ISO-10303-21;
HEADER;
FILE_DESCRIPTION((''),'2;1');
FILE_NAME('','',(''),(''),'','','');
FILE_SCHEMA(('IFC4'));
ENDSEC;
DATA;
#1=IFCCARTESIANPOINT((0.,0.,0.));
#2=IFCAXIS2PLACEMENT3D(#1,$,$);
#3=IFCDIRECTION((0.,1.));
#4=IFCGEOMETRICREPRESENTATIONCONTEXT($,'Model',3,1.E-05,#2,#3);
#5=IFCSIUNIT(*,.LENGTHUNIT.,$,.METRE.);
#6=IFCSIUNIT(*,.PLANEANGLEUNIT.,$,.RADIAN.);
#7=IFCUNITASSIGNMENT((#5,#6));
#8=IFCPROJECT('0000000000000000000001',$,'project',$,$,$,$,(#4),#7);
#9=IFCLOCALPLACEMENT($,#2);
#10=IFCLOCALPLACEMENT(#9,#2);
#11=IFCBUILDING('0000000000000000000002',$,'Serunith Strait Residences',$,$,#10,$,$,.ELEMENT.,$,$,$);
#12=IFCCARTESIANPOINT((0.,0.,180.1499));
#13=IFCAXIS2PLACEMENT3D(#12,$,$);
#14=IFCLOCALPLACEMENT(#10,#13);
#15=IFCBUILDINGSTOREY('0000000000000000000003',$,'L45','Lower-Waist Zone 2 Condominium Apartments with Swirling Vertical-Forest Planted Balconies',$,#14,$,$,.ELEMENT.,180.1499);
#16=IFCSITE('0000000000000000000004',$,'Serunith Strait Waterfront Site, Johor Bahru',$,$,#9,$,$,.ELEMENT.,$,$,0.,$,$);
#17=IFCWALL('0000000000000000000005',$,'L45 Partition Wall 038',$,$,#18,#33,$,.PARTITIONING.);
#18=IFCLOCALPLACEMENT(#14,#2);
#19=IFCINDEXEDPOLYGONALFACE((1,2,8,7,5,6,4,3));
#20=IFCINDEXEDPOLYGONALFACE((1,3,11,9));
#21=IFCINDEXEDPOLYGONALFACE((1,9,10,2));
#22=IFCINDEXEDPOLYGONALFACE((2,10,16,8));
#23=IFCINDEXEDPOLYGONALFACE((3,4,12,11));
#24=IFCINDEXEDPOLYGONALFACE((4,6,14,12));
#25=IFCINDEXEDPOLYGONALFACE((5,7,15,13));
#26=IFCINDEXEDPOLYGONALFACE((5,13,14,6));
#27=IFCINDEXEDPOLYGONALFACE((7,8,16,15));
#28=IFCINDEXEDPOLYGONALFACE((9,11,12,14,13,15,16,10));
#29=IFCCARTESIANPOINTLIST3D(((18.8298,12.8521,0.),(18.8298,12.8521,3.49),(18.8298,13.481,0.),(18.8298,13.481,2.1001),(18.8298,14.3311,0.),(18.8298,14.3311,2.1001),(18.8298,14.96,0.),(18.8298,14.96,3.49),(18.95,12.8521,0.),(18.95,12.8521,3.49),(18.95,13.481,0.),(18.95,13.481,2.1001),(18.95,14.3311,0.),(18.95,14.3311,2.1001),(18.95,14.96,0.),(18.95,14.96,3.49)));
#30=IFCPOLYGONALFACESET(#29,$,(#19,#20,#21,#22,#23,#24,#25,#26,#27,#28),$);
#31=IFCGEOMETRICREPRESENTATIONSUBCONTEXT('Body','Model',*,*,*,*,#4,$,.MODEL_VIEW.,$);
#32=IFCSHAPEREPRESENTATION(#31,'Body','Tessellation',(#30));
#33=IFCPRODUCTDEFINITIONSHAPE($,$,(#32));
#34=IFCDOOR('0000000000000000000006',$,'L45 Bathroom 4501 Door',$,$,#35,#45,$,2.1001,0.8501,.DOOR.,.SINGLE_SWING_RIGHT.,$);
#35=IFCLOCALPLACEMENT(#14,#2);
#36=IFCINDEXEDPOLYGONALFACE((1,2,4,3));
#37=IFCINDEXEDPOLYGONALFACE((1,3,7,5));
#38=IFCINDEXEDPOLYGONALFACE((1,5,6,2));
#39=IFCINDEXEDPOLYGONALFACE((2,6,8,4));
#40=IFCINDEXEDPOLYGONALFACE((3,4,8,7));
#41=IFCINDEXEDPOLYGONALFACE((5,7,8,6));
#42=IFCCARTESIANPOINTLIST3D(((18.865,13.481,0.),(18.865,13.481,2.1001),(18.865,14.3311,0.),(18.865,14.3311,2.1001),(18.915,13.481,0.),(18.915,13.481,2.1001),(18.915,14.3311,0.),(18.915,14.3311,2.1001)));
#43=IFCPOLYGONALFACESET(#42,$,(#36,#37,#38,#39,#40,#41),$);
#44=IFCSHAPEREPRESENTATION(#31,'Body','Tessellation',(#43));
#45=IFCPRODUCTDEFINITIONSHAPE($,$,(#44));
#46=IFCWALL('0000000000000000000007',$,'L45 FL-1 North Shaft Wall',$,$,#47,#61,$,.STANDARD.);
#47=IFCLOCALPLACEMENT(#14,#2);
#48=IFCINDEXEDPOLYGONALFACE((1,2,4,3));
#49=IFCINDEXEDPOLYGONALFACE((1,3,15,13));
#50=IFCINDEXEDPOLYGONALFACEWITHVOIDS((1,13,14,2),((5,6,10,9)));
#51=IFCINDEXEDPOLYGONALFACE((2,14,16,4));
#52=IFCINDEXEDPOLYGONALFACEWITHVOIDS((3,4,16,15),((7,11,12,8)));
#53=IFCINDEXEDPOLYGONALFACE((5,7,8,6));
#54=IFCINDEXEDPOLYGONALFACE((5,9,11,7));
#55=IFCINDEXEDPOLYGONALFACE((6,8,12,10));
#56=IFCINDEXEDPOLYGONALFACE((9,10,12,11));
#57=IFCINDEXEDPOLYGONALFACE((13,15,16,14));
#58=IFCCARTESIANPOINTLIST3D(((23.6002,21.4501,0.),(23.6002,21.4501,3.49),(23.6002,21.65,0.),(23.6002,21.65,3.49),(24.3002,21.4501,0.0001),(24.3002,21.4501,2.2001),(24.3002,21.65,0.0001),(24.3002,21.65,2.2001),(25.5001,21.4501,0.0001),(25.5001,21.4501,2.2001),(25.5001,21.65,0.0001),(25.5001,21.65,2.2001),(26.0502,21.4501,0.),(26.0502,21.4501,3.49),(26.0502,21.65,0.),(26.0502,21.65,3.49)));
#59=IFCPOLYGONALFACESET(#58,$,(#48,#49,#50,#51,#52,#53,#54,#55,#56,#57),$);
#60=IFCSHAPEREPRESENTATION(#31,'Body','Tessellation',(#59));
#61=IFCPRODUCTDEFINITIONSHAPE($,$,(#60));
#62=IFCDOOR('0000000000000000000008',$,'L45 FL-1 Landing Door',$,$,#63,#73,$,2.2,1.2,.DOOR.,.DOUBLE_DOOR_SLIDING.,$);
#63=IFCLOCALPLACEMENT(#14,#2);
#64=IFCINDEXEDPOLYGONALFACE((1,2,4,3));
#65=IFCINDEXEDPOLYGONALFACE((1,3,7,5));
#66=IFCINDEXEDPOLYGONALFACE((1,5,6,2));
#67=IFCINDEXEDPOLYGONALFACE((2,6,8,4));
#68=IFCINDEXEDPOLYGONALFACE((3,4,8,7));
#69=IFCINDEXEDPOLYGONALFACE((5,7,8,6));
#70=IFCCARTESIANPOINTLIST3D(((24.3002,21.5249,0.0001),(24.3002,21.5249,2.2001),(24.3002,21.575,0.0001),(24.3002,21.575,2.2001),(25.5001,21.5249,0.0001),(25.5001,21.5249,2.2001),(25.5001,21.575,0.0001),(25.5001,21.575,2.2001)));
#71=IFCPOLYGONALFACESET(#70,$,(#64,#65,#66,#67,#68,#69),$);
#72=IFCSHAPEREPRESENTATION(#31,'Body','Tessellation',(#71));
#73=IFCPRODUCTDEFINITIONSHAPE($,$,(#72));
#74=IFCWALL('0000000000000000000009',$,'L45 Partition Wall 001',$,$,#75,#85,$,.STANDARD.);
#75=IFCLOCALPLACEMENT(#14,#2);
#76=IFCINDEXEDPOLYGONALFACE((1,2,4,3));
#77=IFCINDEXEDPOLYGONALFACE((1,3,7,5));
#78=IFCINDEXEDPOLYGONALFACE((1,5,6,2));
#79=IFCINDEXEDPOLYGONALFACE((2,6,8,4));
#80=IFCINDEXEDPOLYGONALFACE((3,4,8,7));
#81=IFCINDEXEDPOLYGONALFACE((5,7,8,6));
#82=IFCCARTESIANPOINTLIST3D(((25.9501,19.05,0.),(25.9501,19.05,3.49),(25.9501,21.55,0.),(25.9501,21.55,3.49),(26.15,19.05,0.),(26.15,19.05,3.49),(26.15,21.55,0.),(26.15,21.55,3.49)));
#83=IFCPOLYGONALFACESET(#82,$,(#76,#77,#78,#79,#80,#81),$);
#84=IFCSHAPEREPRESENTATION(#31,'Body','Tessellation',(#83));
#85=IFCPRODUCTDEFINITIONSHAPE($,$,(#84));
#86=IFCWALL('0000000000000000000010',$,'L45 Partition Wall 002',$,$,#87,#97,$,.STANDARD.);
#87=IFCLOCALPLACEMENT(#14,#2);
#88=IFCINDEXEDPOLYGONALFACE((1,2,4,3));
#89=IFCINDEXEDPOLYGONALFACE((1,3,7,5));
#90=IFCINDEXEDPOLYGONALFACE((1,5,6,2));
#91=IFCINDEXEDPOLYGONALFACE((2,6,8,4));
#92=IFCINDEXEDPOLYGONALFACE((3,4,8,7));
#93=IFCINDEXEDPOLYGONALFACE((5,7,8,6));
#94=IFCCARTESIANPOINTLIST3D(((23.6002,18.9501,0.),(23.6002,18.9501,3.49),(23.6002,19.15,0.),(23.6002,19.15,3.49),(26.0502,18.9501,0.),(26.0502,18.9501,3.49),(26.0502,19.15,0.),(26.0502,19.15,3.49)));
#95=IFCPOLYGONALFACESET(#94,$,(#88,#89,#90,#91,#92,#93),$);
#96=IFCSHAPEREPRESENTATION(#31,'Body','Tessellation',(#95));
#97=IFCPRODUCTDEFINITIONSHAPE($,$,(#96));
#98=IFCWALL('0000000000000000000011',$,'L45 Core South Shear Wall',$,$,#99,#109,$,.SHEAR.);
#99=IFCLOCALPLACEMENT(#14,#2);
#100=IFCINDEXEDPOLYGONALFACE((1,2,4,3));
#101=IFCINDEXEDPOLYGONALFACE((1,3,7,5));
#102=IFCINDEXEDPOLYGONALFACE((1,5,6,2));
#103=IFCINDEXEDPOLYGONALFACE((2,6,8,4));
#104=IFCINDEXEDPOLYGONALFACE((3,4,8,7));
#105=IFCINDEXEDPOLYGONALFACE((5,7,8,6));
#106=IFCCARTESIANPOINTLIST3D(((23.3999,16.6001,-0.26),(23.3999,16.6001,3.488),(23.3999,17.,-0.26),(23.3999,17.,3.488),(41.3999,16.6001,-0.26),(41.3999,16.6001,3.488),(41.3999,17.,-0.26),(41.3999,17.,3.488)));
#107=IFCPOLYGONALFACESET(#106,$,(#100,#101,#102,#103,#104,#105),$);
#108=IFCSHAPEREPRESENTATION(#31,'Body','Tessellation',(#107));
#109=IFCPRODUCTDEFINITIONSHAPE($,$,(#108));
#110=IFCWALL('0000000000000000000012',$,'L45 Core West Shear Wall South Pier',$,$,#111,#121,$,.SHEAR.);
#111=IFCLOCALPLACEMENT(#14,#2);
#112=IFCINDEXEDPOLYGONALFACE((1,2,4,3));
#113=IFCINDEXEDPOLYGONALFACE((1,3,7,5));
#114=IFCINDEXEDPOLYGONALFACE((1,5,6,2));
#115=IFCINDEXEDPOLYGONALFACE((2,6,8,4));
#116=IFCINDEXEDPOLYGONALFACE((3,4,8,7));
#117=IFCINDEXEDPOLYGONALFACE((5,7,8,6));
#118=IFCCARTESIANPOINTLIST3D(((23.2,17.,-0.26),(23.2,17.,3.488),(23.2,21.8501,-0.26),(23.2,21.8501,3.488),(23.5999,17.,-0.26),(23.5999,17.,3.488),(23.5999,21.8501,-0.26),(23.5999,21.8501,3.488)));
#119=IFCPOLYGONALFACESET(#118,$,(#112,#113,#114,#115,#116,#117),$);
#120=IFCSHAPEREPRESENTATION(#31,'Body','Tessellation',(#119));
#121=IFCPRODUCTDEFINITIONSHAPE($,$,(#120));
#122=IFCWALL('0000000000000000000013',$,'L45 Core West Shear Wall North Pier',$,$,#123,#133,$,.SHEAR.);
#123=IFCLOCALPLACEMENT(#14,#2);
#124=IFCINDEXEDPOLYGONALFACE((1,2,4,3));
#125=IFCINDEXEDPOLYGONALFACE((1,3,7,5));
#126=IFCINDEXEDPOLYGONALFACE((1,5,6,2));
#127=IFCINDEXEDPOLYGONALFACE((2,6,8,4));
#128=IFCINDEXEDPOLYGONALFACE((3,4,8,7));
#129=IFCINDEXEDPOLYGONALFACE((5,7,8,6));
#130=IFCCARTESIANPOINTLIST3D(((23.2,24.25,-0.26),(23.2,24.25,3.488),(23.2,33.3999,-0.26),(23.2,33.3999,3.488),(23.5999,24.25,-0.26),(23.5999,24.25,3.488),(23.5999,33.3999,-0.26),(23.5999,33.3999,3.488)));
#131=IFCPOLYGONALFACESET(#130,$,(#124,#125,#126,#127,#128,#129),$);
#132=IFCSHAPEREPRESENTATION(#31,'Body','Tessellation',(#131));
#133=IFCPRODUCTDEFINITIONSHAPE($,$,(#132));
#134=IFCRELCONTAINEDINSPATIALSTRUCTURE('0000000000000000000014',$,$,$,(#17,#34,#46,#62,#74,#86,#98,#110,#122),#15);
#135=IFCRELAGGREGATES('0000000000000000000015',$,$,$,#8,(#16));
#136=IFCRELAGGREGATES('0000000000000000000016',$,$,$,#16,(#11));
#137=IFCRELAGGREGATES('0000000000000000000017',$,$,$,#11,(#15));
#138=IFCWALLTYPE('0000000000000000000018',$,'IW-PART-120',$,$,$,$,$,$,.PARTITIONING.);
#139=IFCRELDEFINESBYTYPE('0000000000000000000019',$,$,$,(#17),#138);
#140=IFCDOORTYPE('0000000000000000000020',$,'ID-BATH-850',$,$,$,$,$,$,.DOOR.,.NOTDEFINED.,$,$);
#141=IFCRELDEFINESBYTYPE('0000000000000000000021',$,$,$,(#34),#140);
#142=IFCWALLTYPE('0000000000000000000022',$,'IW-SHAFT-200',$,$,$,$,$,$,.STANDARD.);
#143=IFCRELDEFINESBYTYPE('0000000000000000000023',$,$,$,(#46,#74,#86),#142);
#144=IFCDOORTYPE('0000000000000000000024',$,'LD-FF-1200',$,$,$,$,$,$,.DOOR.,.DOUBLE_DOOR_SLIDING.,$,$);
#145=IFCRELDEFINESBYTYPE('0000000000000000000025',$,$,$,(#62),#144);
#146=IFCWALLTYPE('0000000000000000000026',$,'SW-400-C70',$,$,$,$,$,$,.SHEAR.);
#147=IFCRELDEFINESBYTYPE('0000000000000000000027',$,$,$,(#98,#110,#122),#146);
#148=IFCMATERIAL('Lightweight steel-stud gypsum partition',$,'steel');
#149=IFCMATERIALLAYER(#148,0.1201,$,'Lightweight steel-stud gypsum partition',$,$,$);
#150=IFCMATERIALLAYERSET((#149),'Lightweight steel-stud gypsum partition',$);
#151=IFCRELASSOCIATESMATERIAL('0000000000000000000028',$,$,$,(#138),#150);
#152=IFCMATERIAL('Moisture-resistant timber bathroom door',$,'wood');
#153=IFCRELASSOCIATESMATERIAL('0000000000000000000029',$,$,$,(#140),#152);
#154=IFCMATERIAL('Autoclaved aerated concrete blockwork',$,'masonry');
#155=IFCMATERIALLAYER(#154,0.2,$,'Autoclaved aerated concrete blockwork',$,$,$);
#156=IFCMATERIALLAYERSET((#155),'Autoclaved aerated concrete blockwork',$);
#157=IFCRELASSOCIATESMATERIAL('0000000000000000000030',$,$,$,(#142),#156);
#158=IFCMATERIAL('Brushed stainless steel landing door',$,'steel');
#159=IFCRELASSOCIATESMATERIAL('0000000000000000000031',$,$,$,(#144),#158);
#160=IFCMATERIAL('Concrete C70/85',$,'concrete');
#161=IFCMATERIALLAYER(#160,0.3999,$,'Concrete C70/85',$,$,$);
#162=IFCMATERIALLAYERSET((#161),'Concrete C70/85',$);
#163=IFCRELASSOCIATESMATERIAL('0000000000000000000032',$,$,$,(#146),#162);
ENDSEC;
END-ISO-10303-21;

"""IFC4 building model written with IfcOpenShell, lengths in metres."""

from ifc_helpers import new_model, si_unit, direction, frame, frame_2d, origin, place, context, subcontext, project, spatial, rectangle, extrude, source, transform, mapped, material, layer, layer_set, type_object, element, fill, save


model = new_model("IFC4")

# Units and contexts
model_context = context("Model", 3, precision=1e-05, world=origin(), true_north=direction((0.0, 1.0)))
body_context = subcontext(model_context, "Body", "Model", "MODEL_VIEW")
ifc_project = project(units=[si_unit("LENGTHUNIT", "METRE"), si_unit("PLANEANGLEUNIT", "RADIAN")], contexts=[model_context])

# Site, building, storey
site_placement = place(None, origin())
site = spatial("IfcSite", under=ifc_project, at=site_placement, Name="Serunith Strait Waterfront Site, Johor Bahru", CompositionType="ELEMENT", RefElevation=0.0)
building_placement = place(site_placement, origin())
building = spatial("IfcBuilding", under=site, at=building_placement, Name="Serunith Strait Residences", CompositionType="ELEMENT")
storey_placement = place(building_placement, frame((0.0, 0.0, 180.1499)))
storey = spatial("IfcBuildingStorey", under=building, at=storey_placement, Name="L45", Description="Lower-Waist Zone 2 Condominium Apartments with Swirling Vertical-Forest Planted Balconies", CompositionType="ELEMENT", Elevation=180.1499)

# Walls, openings, doors
ifc_material_1 = material(Name="Lightweight steel-stud gypsum partition", Category="steel")
ifc_layer_1 = layer(ifc_material_1, 0.1201, Name="Lightweight steel-stud gypsum partition")
ifc_layer_set_1 = layer_set([ifc_layer_1], Name="Lightweight steel-stud gypsum partition")
wall_type_1 = type_object("IfcWallType", Name="IW-PART-120", PredefinedType="PARTITIONING", material=ifc_layer_set_1)
wall_1_placement = place(storey_placement, frame((18.8899, 12.8521, 0.0), z_axis=(0.0, 0.0, 1.0), x_axis=(0.0, 1.0, 0.0)))
wall_1 = element("IfcWall", 1, at=wall_1_placement, inside=storey, type_object=wall_type_1, Name="L45 Partition Wall 038", PredefinedType="PARTITIONING", context=body_context, shape_type="SweptSolid", body=[
    extrude(rectangle(XDim=2.1079, YDim=0.1201, at=frame_2d((1.054, 0.0))), origin(), (0.0, 0.0, 1.0), 3.49),
])
opening_1_placement = place(wall_1_placement, frame((0.6289, 0.0, 0.0)))
opening_1 = element("IfcOpeningElement", 2, at=opening_1_placement, cuts=wall_1, PredefinedType="OPENING", context=body_context, shape_type="SweptSolid", body=[
    extrude(rectangle(XDim=0.8501, YDim=2.1001, at=frame_2d((0.425, 1.05))), frame((0.0, 0.0701, 0.0), z_axis=(0.0, -1.0, 0.0), x_axis=(1.0, 0.0, 0.0)), (0.0, 0.0, 1.0), 0.1401),
])
ifc_material_2 = material(Name="Moisture-resistant timber bathroom door", Category="wood")
door_type_1 = type_object("IfcDoorType", Name="ID-BATH-850", OperationType="NOTDEFINED", PredefinedType="DOOR", material=ifc_material_2)
shared_shape_1 = source(origin(), body_context, "Body", "SweptSolid", [
    extrude(rectangle(XDim=0.8501, YDim=2.1001, at=frame_2d((0.425, 1.05))), frame((0.0, 0.0249, 0.0), z_axis=(0.0, -1.0, 0.0), x_axis=(1.0, 0.0, 0.0)), (0.0, 0.0, 1.0), 0.05),
])
door_1_placement = place(opening_1_placement, origin())
door_1 = element("IfcDoor", 3, at=door_1_placement, inside=storey, type_object=door_type_1, Name="L45 Bathroom 4501 Door", OperationType="SINGLE_SWING_RIGHT", OverallHeight=2.1001, OverallWidth=0.8501, PredefinedType="DOOR", context=body_context, shape_type="MappedRepresentation", body=[
    mapped(shared_shape_1, transform((0.0, 0.0, 0.0), scale=1.0)),
])
fill(opening_1, door_1)
ifc_material_3 = material(Name="Autoclaved aerated concrete blockwork", Category="masonry")
ifc_layer_2 = layer(ifc_material_3, 0.2, Name="Autoclaved aerated concrete blockwork")
ifc_layer_set_2 = layer_set([ifc_layer_2], Name="Autoclaved aerated concrete blockwork")
wall_type_2 = type_object("IfcWallType", Name="IW-SHAFT-200", PredefinedType="STANDARD", material=ifc_layer_set_2)
wall_2_placement = place(storey_placement, frame((23.6001, 21.55, 0.0), z_axis=(0.0, 0.0, 1.0), x_axis=(1.0, 0.0, 0.0)))
wall_2 = element("IfcWall", 4, at=wall_2_placement, inside=storey, type_object=wall_type_2, Name="L45 FL-1 North Shaft Wall", PredefinedType="STANDARD", context=body_context, shape_type="SweptSolid", body=[
    extrude(rectangle(XDim=2.45, YDim=0.2, at=frame_2d((1.2251, 0.0))), origin(), (0.0, 0.0, 1.0), 3.49),
])
opening_2_placement = place(wall_2_placement, frame((0.7, 0.0, 0.0)))
opening_2 = element("IfcOpeningElement", 5, at=opening_2_placement, cuts=wall_2, PredefinedType="OPENING", context=body_context, shape_type="SweptSolid", body=[
    extrude(rectangle(XDim=1.2, YDim=2.2, at=frame_2d((0.6001, 1.1001))), frame((0.0, 0.1099, 0.0), z_axis=(0.0, -1.0, 0.0), x_axis=(1.0, 0.0, 0.0)), (0.0, 0.0, 1.0), 0.22),
])
ifc_material_4 = material(Name="Brushed stainless steel landing door", Category="steel")
door_type_2 = type_object("IfcDoorType", Name="LD-FF-1200", OperationType="DOUBLE_DOOR_SLIDING", PredefinedType="DOOR", material=ifc_material_4)
shared_shape_2 = source(origin(), body_context, "Body", "SweptSolid", [
    extrude(rectangle(XDim=1.2, YDim=2.2, at=frame_2d((0.6001, 1.1001))), frame((0.0, 0.0249, 0.0), z_axis=(0.0, -1.0, 0.0), x_axis=(1.0, 0.0, 0.0)), (0.0, 0.0, 1.0), 0.05),
])
door_2_placement = place(opening_2_placement, origin())
door_2 = element("IfcDoor", 6, at=door_2_placement, inside=storey, type_object=door_type_2, Name="L45 FL-1 Landing Door", OperationType="DOUBLE_DOOR_SLIDING", OverallHeight=2.2, OverallWidth=1.2, PredefinedType="DOOR", context=body_context, shape_type="MappedRepresentation", body=[
    mapped(shared_shape_2, transform((0.0, 0.0, 0.0), scale=1.0)),
])
fill(opening_2, door_2)

# Walls
wall_3_placement = place(storey_placement, frame((26.05, 19.05, 0.0), z_axis=(0.0, 0.0, 1.0), x_axis=(0.0, 1.0, 0.0)))
element("IfcWall", 7, at=wall_3_placement, inside=storey, type_object=wall_type_2, Name="L45 Partition Wall 001", PredefinedType="STANDARD", context=body_context, shape_type="SweptSolid", body=[
    extrude(rectangle(XDim=2.5, YDim=0.2, at=frame_2d((1.25, 0.0))), origin(), (0.0, 0.0, 1.0), 3.49),
])
wall_4_placement = place(storey_placement, frame((23.6001, 19.05, 0.0), z_axis=(0.0, 0.0, 1.0), x_axis=(1.0, 0.0, 0.0)))
element("IfcWall", 8, at=wall_4_placement, inside=storey, type_object=wall_type_2, Name="L45 Partition Wall 002", PredefinedType="STANDARD", context=body_context, shape_type="SweptSolid", body=[
    extrude(rectangle(XDim=2.45, YDim=0.2, at=frame_2d((1.2251, 0.0))), origin(), (0.0, 0.0, 1.0), 3.49),
])

# Walls
ifc_material_5 = material(Name="Concrete C70/85", Category="concrete")
ifc_layer_3 = layer(ifc_material_5, 0.3999, Name="Concrete C70/85")
ifc_layer_set_3 = layer_set([ifc_layer_3], Name="Concrete C70/85")
wall_type_3 = type_object("IfcWallType", Name="SW-400-C70", PredefinedType="SHEAR", material=ifc_layer_set_3)
wall_5_placement = place(storey_placement, frame((23.3999, 16.8, -0.26), z_axis=(0.0, 0.0, 1.0), x_axis=(1.0, 0.0, 0.0)))
element("IfcWall", 9, at=wall_5_placement, inside=storey, type_object=wall_type_3, Name="L45 Core South Shear Wall", PredefinedType="SHEAR", context=body_context, shape_type="SweptSolid", body=[
    extrude(rectangle(XDim=18.0, YDim=0.3999, at=frame_2d((9.0, 0.0))), origin(), (0.0, 0.0, 1.0), 3.748),
])
wall_6_placement = place(storey_placement, frame((23.3999, 17.0, -0.26), z_axis=(0.0, 0.0, 1.0), x_axis=(0.0, 1.0, 0.0)))
element("IfcWall", 10, at=wall_6_placement, inside=storey, type_object=wall_type_3, Name="L45 Core West Shear Wall South Pier", PredefinedType="SHEAR", context=body_context, shape_type="SweptSolid", body=[
    extrude(rectangle(XDim=4.8501, YDim=0.3999, at=frame_2d((2.425, 0.0))), origin(), (0.0, 0.0, 1.0), 3.748),
])
wall_7_placement = place(storey_placement, frame((23.3999, 24.25, -0.26), z_axis=(0.0, 0.0, 1.0), x_axis=(0.0, 1.0, 0.0)))
element("IfcWall", 11, at=wall_7_placement, inside=storey, type_object=wall_type_3, Name="L45 Core West Shear Wall North Pier", PredefinedType="SHEAR", context=body_context, shape_type="SweptSolid", body=[
    extrude(rectangle(XDim=9.1499, YDim=0.3999, at=frame_2d((4.575, 0.0))), origin(), (0.0, 0.0, 1.0), 3.748),
])

save(model, "model.ifc")
